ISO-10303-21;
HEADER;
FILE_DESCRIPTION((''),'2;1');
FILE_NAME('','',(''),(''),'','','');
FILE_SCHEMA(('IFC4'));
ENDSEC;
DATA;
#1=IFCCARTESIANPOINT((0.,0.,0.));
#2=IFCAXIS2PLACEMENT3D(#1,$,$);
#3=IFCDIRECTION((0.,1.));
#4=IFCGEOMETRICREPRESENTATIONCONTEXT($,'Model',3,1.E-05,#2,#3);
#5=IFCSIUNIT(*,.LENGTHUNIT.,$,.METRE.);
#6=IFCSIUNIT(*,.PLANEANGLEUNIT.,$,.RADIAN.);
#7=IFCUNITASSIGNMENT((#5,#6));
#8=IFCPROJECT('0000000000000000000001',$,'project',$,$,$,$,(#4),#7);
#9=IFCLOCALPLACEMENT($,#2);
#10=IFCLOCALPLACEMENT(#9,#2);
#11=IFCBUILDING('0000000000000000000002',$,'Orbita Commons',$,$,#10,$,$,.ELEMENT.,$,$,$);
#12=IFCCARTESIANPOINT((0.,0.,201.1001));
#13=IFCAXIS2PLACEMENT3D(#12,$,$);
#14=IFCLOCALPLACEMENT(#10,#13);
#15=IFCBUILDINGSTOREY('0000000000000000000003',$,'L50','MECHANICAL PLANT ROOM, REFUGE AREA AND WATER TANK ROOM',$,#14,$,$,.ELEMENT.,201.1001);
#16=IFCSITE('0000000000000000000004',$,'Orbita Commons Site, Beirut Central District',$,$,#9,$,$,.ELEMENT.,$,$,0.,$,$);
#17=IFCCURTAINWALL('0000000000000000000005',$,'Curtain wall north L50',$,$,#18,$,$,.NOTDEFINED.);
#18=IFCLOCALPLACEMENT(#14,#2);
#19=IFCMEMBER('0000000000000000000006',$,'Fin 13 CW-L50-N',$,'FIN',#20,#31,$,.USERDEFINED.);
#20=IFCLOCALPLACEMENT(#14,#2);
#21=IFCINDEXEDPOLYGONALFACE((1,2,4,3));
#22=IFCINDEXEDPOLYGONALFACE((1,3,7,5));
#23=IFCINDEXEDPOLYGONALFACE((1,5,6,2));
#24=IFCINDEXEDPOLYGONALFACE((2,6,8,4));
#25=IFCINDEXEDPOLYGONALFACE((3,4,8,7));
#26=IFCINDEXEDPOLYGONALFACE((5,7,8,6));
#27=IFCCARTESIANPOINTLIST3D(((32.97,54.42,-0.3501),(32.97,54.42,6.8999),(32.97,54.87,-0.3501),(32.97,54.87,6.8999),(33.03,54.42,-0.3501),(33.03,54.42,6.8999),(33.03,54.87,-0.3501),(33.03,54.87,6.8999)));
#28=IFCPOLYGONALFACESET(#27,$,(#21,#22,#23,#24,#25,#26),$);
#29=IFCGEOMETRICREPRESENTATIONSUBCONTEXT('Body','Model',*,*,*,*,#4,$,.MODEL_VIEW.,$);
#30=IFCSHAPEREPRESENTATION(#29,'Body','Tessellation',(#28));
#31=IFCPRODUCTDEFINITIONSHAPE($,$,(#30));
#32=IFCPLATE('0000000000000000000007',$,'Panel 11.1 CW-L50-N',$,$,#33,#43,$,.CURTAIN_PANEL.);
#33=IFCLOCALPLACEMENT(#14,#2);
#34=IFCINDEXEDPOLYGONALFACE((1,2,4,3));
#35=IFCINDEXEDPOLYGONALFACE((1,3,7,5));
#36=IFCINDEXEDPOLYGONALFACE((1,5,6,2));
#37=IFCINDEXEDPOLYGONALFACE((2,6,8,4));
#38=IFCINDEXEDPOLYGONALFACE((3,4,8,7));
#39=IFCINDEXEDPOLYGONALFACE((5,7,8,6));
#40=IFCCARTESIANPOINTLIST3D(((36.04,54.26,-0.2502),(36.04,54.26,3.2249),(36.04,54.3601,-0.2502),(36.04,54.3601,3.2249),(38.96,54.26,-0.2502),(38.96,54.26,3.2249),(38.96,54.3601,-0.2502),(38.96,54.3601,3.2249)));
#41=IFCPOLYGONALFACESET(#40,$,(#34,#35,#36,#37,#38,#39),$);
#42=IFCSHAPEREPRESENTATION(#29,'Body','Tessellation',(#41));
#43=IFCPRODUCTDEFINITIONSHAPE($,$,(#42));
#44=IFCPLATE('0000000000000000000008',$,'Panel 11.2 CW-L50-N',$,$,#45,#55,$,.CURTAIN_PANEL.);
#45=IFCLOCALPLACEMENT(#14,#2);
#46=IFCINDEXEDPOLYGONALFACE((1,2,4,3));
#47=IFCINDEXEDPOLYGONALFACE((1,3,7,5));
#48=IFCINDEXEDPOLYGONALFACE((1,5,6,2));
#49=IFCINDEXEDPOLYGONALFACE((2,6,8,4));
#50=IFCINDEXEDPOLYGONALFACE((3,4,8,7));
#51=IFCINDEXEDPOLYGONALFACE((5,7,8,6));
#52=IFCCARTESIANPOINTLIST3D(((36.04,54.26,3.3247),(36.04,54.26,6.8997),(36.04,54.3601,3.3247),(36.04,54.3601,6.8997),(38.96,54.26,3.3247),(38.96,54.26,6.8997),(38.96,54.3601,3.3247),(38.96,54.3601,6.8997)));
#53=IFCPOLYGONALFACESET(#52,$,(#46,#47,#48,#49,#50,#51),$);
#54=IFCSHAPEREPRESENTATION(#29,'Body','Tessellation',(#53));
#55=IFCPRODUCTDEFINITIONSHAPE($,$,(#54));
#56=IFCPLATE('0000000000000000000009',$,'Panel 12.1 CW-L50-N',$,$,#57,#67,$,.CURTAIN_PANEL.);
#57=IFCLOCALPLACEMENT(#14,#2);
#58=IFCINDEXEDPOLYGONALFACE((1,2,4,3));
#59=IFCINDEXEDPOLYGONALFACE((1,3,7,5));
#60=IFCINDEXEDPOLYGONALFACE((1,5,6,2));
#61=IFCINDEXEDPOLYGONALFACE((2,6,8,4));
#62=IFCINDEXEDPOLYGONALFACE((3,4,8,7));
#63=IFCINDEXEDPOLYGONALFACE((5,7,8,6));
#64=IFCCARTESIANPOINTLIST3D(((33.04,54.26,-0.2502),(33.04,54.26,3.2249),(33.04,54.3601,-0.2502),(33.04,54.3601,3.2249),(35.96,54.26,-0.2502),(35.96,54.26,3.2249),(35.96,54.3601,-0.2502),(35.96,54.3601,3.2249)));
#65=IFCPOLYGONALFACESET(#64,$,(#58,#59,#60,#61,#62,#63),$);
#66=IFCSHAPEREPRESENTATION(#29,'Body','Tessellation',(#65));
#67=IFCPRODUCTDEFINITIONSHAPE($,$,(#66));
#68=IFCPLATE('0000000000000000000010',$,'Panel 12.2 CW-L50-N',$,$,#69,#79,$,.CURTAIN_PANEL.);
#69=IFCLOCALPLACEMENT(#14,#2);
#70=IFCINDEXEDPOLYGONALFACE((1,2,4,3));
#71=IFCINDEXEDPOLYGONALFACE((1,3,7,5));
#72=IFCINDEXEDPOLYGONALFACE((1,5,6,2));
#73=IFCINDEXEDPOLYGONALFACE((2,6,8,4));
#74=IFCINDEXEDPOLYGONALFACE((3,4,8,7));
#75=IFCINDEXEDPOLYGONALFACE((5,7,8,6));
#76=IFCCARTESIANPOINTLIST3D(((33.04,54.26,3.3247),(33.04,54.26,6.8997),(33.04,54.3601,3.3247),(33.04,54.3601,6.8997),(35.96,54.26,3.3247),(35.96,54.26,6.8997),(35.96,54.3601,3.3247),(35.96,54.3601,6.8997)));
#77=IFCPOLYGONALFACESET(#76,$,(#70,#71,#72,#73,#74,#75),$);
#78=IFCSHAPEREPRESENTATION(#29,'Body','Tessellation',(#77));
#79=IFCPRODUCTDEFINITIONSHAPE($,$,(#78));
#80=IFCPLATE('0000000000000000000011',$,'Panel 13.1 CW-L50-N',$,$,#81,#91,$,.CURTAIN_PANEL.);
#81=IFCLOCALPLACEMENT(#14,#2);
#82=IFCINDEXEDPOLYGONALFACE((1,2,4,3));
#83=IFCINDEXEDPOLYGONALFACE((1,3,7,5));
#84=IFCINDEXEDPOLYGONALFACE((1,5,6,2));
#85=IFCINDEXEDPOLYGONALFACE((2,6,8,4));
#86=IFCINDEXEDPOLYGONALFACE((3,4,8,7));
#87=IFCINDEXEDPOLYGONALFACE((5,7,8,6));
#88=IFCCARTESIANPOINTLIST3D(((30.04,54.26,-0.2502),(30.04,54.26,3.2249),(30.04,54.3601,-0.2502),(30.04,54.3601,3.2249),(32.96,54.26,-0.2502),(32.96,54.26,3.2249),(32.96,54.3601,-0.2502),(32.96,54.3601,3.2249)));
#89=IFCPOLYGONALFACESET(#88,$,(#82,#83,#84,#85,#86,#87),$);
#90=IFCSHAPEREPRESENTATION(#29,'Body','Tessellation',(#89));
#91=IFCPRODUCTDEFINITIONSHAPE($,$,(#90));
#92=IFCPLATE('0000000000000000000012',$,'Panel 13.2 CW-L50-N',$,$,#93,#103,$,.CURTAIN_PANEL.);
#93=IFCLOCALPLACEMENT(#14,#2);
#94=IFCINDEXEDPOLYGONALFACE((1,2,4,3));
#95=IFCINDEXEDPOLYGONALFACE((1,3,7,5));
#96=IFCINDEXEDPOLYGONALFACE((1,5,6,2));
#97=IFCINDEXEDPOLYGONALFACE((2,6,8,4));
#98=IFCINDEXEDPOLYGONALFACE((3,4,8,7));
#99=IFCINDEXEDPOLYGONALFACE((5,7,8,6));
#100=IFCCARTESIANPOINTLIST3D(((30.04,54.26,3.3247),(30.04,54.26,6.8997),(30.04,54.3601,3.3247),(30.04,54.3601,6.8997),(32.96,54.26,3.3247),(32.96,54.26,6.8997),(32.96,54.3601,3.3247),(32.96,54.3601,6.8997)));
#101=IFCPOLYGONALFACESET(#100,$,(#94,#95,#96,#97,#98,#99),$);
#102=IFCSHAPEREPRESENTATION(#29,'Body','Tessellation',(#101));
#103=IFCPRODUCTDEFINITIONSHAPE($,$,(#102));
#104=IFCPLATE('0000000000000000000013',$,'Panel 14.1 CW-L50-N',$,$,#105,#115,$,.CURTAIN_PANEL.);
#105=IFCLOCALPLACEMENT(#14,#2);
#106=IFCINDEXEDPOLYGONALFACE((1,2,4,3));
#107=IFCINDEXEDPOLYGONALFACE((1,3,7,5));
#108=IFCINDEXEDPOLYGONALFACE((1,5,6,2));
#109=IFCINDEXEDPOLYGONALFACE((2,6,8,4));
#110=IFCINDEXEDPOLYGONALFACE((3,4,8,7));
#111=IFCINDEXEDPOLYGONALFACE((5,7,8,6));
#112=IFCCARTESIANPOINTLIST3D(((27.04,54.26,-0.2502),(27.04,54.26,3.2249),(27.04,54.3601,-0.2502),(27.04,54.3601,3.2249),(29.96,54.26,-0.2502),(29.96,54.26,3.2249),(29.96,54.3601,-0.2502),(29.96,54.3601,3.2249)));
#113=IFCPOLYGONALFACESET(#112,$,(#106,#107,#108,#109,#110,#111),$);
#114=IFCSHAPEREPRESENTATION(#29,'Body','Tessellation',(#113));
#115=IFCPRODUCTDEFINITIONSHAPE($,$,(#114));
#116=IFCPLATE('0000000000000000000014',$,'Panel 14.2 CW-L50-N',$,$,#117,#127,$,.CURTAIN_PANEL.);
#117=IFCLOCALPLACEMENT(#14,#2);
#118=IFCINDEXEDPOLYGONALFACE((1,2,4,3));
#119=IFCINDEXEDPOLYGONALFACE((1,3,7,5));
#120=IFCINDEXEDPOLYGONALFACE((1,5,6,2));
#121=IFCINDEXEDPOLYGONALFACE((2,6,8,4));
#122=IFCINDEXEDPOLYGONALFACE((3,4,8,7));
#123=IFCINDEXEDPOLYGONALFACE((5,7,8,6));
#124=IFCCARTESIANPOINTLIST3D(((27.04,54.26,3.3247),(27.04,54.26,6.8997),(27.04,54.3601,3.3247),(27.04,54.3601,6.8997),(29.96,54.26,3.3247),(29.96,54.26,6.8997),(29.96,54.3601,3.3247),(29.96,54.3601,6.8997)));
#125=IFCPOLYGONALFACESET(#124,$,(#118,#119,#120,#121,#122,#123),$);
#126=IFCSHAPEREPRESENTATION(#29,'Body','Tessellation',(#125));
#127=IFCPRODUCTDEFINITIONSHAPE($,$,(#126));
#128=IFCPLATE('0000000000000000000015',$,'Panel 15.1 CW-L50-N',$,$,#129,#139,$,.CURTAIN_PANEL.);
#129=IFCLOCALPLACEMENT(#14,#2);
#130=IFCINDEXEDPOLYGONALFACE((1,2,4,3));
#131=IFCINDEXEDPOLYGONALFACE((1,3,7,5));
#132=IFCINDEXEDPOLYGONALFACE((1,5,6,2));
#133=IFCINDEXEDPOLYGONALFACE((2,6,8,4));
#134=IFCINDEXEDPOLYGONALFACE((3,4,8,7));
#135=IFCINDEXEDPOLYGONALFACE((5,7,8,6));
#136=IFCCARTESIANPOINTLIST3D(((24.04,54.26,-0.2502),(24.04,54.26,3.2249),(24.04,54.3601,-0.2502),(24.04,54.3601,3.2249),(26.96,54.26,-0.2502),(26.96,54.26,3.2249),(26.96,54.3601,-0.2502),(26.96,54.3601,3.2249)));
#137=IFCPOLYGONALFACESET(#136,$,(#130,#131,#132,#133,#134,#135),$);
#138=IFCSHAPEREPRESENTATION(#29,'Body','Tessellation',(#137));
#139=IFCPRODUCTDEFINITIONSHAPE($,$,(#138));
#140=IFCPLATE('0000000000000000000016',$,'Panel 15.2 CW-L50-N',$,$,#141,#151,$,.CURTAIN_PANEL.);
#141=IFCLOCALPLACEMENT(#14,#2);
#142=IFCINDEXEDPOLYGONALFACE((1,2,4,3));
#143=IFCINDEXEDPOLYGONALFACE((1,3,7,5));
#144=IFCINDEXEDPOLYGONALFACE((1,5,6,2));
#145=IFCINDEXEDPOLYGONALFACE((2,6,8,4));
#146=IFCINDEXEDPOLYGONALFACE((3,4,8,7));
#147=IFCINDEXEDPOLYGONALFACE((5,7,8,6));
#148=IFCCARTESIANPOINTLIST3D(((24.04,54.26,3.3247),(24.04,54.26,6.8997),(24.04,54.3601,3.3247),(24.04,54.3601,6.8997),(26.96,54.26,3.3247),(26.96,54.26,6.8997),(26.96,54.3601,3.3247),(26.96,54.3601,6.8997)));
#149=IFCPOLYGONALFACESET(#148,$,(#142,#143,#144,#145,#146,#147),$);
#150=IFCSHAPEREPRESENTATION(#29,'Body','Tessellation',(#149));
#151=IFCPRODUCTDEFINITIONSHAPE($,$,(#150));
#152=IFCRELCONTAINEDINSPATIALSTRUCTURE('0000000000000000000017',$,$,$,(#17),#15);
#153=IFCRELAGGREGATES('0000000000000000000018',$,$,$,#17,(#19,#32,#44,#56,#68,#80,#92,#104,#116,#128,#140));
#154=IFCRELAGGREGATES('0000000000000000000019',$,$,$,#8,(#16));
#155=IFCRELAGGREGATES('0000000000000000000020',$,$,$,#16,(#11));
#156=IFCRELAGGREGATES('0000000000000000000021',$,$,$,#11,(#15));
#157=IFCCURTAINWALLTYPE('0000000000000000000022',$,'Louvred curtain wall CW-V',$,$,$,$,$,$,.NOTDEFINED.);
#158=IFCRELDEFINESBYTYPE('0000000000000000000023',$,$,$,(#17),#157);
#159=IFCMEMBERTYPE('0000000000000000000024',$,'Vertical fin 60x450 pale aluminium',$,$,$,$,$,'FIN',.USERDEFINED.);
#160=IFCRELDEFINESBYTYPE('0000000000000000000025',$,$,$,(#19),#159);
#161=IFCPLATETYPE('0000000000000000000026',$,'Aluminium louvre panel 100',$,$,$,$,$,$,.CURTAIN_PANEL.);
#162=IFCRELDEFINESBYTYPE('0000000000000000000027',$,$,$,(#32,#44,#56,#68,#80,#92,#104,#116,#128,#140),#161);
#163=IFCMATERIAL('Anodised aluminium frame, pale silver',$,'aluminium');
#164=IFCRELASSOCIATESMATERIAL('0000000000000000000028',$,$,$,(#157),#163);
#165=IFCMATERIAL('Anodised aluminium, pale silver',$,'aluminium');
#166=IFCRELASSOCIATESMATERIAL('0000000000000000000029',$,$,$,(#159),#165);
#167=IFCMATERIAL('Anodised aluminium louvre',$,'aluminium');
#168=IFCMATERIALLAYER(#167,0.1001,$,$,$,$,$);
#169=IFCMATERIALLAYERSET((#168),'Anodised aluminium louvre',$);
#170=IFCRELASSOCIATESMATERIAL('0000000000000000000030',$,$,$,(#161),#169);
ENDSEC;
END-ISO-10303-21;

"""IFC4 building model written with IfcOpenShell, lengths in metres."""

from ifc_helpers import new_model, si_unit, direction, frame, origin, origin_2d, place, context, subcontext, project, spatial, rectangle, extrude, material, layer, layer_set, material_profile, profile_set, type_object, element, aggregate, save


model = new_model("IFC4")

# Units and contexts
model_context = context("Model", 3, precision=1e-05, world=origin(), true_north=direction((0.0, 1.0)))
body_context = subcontext(model_context, "Body", "Model", "MODEL_VIEW")
ifc_project = project(units=[si_unit("LENGTHUNIT", "METRE"), si_unit("PLANEANGLEUNIT", "RADIAN")], contexts=[model_context])

# Site, building, storey
site_placement = place(None, origin())
site = spatial("IfcSite", under=ifc_project, at=site_placement, Name="Orbita Commons Site, Beirut Central District", CompositionType="ELEMENT", RefElevation=0.0)
building_placement = place(site_placement, origin())
building = spatial("IfcBuilding", under=site, at=building_placement, Name="Orbita Commons", CompositionType="ELEMENT")
storey_placement = place(building_placement, frame((0.0, 0.0, 201.1001)))
storey = spatial("IfcBuildingStorey", under=building, at=storey_placement, Name="L50", Description="MECHANICAL PLANT ROOM, REFUGE AREA AND WATER TANK ROOM", CompositionType="ELEMENT", Elevation=201.1001)

# Curtain wall, member, plates
ifc_material_1 = material(Name="Anodised aluminium frame, pale silver", Category="aluminium")
curtain_wall_type = type_object("IfcCurtainWallType", Name="Louvred curtain wall CW-V", PredefinedType="NOTDEFINED", material=ifc_material_1)
curtain_wall_placement = place(storey_placement, origin())
curtain_wall = element("IfcCurtainWall", 1, at=curtain_wall_placement, inside=storey, type_object=curtain_wall_type, Name="Curtain wall north L50", PredefinedType="NOTDEFINED")
ifc_material_2 = material(Name="Anodised aluminium, pale silver", Category="aluminium")
ifc_material_profile_1 = material_profile(ifc_material_2, rectangle(XDim=0.0601, YDim=0.45, at=origin_2d()), Name="FIN 60x450")
ifc_profile_set_1 = profile_set([ifc_material_profile_1], Name="Anodised aluminium, pale silver")
member_type_1 = type_object("IfcMemberType", Name="Vertical fin 60x450 pale aluminium", ElementType="FIN", PredefinedType="USERDEFINED", material=ifc_profile_set_1)
member_1_placement = place(storey_placement, frame((33.0, 54.645, -0.3501), z_axis=(0.0, 0.0, 1.0), x_axis=(-1.0, 0.0, 0.0)))
member_1 = element("IfcMember", 2, at=member_1_placement, type_object=member_type_1, Name="Fin 13 CW-L50-N", ObjectType="FIN", PredefinedType="USERDEFINED", context=body_context, shape_type="SweptSolid", body=[
    extrude(rectangle(XDim=0.0601, YDim=0.45, at=origin_2d()), origin(), (0.0, 0.0, 1.0), 7.25),
])
ifc_material_3 = material(Name="Anodised aluminium louvre", Category="aluminium")
ifc_layer = layer(ifc_material_3, 0.1001)
ifc_layer_set = layer_set([ifc_layer], Name="Anodised aluminium louvre")
plate_type = type_object("IfcPlateType", Name="Aluminium louvre panel 100", PredefinedType="CURTAIN_PANEL", material=ifc_layer_set)
plate_1_placement = place(storey_placement, frame((37.5, 54.3101, -0.2502), z_axis=(0.0, 0.0, 1.0), x_axis=(-1.0, 0.0, 0.0)))
plate_1 = element("IfcPlate", 3, at=plate_1_placement, type_object=plate_type, Name="Panel 11.1 CW-L50-N", PredefinedType="CURTAIN_PANEL", context=body_context, shape_type="SweptSolid", body=[
    extrude(rectangle(XDim=2.9199, YDim=0.1001, at=origin_2d()), origin(), (0.0, 0.0, 1.0), 3.4751),
])
plate_2_placement = place(storey_placement, frame((37.5, 54.3101, 3.3247), z_axis=(0.0, 0.0, 1.0), x_axis=(-1.0, 0.0, 0.0)))
plate_2 = element("IfcPlate", 4, at=plate_2_placement, type_object=plate_type, Name="Panel 11.2 CW-L50-N", PredefinedType="CURTAIN_PANEL", context=body_context, shape_type="SweptSolid", body=[
    extrude(rectangle(XDim=2.9199, YDim=0.1001, at=origin_2d()), origin(), (0.0, 0.0, 1.0), 3.575),
])
plate_3_placement = place(storey_placement, frame((34.5, 54.3101, -0.2502), z_axis=(0.0, 0.0, 1.0), x_axis=(-1.0, 0.0, 0.0)))
plate_3 = element("IfcPlate", 5, at=plate_3_placement, type_object=plate_type, Name="Panel 12.1 CW-L50-N", PredefinedType="CURTAIN_PANEL", context=body_context, shape_type="SweptSolid", body=[
    extrude(rectangle(XDim=2.9199, YDim=0.1001, at=origin_2d()), origin(), (0.0, 0.0, 1.0), 3.4751),
])
plate_4_placement = place(storey_placement, frame((34.5, 54.3101, 3.3247), z_axis=(0.0, 0.0, 1.0), x_axis=(-1.0, 0.0, 0.0)))
plate_4 = element("IfcPlate", 6, at=plate_4_placement, type_object=plate_type, Name="Panel 12.2 CW-L50-N", PredefinedType="CURTAIN_PANEL", context=body_context, shape_type="SweptSolid", body=[
    extrude(rectangle(XDim=2.9199, YDim=0.1001, at=origin_2d()), origin(), (0.0, 0.0, 1.0), 3.575),
])
plate_5_placement = place(storey_placement, frame((31.5, 54.3101, -0.2502), z_axis=(0.0, 0.0, 1.0), x_axis=(-1.0, 0.0, 0.0)))
plate_5 = element("IfcPlate", 7, at=plate_5_placement, type_object=plate_type, Name="Panel 13.1 CW-L50-N", PredefinedType="CURTAIN_PANEL", context=body_context, shape_type="SweptSolid", body=[
    extrude(rectangle(XDim=2.9199, YDim=0.1001, at=origin_2d()), origin(), (0.0, 0.0, 1.0), 3.4751),
])
plate_6_placement = place(storey_placement, frame((31.5, 54.3101, 3.3247), z_axis=(0.0, 0.0, 1.0), x_axis=(-1.0, 0.0, 0.0)))
plate_6 = element("IfcPlate", 8, at=plate_6_placement, type_object=plate_type, Name="Panel 13.2 CW-L50-N", PredefinedType="CURTAIN_PANEL", context=body_context, shape_type="SweptSolid", body=[
    extrude(rectangle(XDim=2.9199, YDim=0.1001, at=origin_2d()), origin(), (0.0, 0.0, 1.0), 3.575),
])
plate_7_placement = place(storey_placement, frame((28.5, 54.3101, -0.2502), z_axis=(0.0, 0.0, 1.0), x_axis=(-1.0, 0.0, 0.0)))
plate_7 = element("IfcPlate", 9, at=plate_7_placement, type_object=plate_type, Name="Panel 14.1 CW-L50-N", PredefinedType="CURTAIN_PANEL", context=body_context, shape_type="SweptSolid", body=[
    extrude(rectangle(XDim=2.9199, YDim=0.1001, at=origin_2d()), origin(), (0.0, 0.0, 1.0), 3.4751),
])
plate_8_placement = place(storey_placement, frame((28.5, 54.3101, 3.3247), z_axis=(0.0, 0.0, 1.0), x_axis=(-1.0, 0.0, 0.0)))
plate_8 = element("IfcPlate", 10, at=plate_8_placement, type_object=plate_type, Name="Panel 14.2 CW-L50-N", PredefinedType="CURTAIN_PANEL", context=body_context, shape_type="SweptSolid", body=[
    extrude(rectangle(XDim=2.9199, YDim=0.1001, at=origin_2d()), origin(), (0.0, 0.0, 1.0), 3.575),
])
plate_9_placement = place(storey_placement, frame((25.5, 54.3101, -0.2502), z_axis=(0.0, 0.0, 1.0), x_axis=(-1.0, 0.0, 0.0)))
plate_9 = element("IfcPlate", 11, at=plate_9_placement, type_object=plate_type, Name="Panel 15.1 CW-L50-N", PredefinedType="CURTAIN_PANEL", context=body_context, shape_type="SweptSolid", body=[
    extrude(rectangle(XDim=2.9199, YDim=0.1001, at=origin_2d()), origin(), (0.0, 0.0, 1.0), 3.4751),
])
plate_10_placement = place(storey_placement, frame((25.5, 54.3101, 3.3247), z_axis=(0.0, 0.0, 1.0), x_axis=(-1.0, 0.0, 0.0)))
plate_10 = element("IfcPlate", 12, at=plate_10_placement, type_object=plate_type, Name="Panel 15.2 CW-L50-N", PredefinedType="CURTAIN_PANEL", context=body_context, shape_type="SweptSolid", body=[
    extrude(rectangle(XDim=2.9199, YDim=0.1001, at=origin_2d()), origin(), (0.0, 0.0, 1.0), 3.575),
])
aggregate(curtain_wall, [member_1, plate_1, plate_2, plate_3, plate_4, plate_5, plate_6, plate_7, plate_8, plate_9, plate_10])

save(model, "model.ifc")
